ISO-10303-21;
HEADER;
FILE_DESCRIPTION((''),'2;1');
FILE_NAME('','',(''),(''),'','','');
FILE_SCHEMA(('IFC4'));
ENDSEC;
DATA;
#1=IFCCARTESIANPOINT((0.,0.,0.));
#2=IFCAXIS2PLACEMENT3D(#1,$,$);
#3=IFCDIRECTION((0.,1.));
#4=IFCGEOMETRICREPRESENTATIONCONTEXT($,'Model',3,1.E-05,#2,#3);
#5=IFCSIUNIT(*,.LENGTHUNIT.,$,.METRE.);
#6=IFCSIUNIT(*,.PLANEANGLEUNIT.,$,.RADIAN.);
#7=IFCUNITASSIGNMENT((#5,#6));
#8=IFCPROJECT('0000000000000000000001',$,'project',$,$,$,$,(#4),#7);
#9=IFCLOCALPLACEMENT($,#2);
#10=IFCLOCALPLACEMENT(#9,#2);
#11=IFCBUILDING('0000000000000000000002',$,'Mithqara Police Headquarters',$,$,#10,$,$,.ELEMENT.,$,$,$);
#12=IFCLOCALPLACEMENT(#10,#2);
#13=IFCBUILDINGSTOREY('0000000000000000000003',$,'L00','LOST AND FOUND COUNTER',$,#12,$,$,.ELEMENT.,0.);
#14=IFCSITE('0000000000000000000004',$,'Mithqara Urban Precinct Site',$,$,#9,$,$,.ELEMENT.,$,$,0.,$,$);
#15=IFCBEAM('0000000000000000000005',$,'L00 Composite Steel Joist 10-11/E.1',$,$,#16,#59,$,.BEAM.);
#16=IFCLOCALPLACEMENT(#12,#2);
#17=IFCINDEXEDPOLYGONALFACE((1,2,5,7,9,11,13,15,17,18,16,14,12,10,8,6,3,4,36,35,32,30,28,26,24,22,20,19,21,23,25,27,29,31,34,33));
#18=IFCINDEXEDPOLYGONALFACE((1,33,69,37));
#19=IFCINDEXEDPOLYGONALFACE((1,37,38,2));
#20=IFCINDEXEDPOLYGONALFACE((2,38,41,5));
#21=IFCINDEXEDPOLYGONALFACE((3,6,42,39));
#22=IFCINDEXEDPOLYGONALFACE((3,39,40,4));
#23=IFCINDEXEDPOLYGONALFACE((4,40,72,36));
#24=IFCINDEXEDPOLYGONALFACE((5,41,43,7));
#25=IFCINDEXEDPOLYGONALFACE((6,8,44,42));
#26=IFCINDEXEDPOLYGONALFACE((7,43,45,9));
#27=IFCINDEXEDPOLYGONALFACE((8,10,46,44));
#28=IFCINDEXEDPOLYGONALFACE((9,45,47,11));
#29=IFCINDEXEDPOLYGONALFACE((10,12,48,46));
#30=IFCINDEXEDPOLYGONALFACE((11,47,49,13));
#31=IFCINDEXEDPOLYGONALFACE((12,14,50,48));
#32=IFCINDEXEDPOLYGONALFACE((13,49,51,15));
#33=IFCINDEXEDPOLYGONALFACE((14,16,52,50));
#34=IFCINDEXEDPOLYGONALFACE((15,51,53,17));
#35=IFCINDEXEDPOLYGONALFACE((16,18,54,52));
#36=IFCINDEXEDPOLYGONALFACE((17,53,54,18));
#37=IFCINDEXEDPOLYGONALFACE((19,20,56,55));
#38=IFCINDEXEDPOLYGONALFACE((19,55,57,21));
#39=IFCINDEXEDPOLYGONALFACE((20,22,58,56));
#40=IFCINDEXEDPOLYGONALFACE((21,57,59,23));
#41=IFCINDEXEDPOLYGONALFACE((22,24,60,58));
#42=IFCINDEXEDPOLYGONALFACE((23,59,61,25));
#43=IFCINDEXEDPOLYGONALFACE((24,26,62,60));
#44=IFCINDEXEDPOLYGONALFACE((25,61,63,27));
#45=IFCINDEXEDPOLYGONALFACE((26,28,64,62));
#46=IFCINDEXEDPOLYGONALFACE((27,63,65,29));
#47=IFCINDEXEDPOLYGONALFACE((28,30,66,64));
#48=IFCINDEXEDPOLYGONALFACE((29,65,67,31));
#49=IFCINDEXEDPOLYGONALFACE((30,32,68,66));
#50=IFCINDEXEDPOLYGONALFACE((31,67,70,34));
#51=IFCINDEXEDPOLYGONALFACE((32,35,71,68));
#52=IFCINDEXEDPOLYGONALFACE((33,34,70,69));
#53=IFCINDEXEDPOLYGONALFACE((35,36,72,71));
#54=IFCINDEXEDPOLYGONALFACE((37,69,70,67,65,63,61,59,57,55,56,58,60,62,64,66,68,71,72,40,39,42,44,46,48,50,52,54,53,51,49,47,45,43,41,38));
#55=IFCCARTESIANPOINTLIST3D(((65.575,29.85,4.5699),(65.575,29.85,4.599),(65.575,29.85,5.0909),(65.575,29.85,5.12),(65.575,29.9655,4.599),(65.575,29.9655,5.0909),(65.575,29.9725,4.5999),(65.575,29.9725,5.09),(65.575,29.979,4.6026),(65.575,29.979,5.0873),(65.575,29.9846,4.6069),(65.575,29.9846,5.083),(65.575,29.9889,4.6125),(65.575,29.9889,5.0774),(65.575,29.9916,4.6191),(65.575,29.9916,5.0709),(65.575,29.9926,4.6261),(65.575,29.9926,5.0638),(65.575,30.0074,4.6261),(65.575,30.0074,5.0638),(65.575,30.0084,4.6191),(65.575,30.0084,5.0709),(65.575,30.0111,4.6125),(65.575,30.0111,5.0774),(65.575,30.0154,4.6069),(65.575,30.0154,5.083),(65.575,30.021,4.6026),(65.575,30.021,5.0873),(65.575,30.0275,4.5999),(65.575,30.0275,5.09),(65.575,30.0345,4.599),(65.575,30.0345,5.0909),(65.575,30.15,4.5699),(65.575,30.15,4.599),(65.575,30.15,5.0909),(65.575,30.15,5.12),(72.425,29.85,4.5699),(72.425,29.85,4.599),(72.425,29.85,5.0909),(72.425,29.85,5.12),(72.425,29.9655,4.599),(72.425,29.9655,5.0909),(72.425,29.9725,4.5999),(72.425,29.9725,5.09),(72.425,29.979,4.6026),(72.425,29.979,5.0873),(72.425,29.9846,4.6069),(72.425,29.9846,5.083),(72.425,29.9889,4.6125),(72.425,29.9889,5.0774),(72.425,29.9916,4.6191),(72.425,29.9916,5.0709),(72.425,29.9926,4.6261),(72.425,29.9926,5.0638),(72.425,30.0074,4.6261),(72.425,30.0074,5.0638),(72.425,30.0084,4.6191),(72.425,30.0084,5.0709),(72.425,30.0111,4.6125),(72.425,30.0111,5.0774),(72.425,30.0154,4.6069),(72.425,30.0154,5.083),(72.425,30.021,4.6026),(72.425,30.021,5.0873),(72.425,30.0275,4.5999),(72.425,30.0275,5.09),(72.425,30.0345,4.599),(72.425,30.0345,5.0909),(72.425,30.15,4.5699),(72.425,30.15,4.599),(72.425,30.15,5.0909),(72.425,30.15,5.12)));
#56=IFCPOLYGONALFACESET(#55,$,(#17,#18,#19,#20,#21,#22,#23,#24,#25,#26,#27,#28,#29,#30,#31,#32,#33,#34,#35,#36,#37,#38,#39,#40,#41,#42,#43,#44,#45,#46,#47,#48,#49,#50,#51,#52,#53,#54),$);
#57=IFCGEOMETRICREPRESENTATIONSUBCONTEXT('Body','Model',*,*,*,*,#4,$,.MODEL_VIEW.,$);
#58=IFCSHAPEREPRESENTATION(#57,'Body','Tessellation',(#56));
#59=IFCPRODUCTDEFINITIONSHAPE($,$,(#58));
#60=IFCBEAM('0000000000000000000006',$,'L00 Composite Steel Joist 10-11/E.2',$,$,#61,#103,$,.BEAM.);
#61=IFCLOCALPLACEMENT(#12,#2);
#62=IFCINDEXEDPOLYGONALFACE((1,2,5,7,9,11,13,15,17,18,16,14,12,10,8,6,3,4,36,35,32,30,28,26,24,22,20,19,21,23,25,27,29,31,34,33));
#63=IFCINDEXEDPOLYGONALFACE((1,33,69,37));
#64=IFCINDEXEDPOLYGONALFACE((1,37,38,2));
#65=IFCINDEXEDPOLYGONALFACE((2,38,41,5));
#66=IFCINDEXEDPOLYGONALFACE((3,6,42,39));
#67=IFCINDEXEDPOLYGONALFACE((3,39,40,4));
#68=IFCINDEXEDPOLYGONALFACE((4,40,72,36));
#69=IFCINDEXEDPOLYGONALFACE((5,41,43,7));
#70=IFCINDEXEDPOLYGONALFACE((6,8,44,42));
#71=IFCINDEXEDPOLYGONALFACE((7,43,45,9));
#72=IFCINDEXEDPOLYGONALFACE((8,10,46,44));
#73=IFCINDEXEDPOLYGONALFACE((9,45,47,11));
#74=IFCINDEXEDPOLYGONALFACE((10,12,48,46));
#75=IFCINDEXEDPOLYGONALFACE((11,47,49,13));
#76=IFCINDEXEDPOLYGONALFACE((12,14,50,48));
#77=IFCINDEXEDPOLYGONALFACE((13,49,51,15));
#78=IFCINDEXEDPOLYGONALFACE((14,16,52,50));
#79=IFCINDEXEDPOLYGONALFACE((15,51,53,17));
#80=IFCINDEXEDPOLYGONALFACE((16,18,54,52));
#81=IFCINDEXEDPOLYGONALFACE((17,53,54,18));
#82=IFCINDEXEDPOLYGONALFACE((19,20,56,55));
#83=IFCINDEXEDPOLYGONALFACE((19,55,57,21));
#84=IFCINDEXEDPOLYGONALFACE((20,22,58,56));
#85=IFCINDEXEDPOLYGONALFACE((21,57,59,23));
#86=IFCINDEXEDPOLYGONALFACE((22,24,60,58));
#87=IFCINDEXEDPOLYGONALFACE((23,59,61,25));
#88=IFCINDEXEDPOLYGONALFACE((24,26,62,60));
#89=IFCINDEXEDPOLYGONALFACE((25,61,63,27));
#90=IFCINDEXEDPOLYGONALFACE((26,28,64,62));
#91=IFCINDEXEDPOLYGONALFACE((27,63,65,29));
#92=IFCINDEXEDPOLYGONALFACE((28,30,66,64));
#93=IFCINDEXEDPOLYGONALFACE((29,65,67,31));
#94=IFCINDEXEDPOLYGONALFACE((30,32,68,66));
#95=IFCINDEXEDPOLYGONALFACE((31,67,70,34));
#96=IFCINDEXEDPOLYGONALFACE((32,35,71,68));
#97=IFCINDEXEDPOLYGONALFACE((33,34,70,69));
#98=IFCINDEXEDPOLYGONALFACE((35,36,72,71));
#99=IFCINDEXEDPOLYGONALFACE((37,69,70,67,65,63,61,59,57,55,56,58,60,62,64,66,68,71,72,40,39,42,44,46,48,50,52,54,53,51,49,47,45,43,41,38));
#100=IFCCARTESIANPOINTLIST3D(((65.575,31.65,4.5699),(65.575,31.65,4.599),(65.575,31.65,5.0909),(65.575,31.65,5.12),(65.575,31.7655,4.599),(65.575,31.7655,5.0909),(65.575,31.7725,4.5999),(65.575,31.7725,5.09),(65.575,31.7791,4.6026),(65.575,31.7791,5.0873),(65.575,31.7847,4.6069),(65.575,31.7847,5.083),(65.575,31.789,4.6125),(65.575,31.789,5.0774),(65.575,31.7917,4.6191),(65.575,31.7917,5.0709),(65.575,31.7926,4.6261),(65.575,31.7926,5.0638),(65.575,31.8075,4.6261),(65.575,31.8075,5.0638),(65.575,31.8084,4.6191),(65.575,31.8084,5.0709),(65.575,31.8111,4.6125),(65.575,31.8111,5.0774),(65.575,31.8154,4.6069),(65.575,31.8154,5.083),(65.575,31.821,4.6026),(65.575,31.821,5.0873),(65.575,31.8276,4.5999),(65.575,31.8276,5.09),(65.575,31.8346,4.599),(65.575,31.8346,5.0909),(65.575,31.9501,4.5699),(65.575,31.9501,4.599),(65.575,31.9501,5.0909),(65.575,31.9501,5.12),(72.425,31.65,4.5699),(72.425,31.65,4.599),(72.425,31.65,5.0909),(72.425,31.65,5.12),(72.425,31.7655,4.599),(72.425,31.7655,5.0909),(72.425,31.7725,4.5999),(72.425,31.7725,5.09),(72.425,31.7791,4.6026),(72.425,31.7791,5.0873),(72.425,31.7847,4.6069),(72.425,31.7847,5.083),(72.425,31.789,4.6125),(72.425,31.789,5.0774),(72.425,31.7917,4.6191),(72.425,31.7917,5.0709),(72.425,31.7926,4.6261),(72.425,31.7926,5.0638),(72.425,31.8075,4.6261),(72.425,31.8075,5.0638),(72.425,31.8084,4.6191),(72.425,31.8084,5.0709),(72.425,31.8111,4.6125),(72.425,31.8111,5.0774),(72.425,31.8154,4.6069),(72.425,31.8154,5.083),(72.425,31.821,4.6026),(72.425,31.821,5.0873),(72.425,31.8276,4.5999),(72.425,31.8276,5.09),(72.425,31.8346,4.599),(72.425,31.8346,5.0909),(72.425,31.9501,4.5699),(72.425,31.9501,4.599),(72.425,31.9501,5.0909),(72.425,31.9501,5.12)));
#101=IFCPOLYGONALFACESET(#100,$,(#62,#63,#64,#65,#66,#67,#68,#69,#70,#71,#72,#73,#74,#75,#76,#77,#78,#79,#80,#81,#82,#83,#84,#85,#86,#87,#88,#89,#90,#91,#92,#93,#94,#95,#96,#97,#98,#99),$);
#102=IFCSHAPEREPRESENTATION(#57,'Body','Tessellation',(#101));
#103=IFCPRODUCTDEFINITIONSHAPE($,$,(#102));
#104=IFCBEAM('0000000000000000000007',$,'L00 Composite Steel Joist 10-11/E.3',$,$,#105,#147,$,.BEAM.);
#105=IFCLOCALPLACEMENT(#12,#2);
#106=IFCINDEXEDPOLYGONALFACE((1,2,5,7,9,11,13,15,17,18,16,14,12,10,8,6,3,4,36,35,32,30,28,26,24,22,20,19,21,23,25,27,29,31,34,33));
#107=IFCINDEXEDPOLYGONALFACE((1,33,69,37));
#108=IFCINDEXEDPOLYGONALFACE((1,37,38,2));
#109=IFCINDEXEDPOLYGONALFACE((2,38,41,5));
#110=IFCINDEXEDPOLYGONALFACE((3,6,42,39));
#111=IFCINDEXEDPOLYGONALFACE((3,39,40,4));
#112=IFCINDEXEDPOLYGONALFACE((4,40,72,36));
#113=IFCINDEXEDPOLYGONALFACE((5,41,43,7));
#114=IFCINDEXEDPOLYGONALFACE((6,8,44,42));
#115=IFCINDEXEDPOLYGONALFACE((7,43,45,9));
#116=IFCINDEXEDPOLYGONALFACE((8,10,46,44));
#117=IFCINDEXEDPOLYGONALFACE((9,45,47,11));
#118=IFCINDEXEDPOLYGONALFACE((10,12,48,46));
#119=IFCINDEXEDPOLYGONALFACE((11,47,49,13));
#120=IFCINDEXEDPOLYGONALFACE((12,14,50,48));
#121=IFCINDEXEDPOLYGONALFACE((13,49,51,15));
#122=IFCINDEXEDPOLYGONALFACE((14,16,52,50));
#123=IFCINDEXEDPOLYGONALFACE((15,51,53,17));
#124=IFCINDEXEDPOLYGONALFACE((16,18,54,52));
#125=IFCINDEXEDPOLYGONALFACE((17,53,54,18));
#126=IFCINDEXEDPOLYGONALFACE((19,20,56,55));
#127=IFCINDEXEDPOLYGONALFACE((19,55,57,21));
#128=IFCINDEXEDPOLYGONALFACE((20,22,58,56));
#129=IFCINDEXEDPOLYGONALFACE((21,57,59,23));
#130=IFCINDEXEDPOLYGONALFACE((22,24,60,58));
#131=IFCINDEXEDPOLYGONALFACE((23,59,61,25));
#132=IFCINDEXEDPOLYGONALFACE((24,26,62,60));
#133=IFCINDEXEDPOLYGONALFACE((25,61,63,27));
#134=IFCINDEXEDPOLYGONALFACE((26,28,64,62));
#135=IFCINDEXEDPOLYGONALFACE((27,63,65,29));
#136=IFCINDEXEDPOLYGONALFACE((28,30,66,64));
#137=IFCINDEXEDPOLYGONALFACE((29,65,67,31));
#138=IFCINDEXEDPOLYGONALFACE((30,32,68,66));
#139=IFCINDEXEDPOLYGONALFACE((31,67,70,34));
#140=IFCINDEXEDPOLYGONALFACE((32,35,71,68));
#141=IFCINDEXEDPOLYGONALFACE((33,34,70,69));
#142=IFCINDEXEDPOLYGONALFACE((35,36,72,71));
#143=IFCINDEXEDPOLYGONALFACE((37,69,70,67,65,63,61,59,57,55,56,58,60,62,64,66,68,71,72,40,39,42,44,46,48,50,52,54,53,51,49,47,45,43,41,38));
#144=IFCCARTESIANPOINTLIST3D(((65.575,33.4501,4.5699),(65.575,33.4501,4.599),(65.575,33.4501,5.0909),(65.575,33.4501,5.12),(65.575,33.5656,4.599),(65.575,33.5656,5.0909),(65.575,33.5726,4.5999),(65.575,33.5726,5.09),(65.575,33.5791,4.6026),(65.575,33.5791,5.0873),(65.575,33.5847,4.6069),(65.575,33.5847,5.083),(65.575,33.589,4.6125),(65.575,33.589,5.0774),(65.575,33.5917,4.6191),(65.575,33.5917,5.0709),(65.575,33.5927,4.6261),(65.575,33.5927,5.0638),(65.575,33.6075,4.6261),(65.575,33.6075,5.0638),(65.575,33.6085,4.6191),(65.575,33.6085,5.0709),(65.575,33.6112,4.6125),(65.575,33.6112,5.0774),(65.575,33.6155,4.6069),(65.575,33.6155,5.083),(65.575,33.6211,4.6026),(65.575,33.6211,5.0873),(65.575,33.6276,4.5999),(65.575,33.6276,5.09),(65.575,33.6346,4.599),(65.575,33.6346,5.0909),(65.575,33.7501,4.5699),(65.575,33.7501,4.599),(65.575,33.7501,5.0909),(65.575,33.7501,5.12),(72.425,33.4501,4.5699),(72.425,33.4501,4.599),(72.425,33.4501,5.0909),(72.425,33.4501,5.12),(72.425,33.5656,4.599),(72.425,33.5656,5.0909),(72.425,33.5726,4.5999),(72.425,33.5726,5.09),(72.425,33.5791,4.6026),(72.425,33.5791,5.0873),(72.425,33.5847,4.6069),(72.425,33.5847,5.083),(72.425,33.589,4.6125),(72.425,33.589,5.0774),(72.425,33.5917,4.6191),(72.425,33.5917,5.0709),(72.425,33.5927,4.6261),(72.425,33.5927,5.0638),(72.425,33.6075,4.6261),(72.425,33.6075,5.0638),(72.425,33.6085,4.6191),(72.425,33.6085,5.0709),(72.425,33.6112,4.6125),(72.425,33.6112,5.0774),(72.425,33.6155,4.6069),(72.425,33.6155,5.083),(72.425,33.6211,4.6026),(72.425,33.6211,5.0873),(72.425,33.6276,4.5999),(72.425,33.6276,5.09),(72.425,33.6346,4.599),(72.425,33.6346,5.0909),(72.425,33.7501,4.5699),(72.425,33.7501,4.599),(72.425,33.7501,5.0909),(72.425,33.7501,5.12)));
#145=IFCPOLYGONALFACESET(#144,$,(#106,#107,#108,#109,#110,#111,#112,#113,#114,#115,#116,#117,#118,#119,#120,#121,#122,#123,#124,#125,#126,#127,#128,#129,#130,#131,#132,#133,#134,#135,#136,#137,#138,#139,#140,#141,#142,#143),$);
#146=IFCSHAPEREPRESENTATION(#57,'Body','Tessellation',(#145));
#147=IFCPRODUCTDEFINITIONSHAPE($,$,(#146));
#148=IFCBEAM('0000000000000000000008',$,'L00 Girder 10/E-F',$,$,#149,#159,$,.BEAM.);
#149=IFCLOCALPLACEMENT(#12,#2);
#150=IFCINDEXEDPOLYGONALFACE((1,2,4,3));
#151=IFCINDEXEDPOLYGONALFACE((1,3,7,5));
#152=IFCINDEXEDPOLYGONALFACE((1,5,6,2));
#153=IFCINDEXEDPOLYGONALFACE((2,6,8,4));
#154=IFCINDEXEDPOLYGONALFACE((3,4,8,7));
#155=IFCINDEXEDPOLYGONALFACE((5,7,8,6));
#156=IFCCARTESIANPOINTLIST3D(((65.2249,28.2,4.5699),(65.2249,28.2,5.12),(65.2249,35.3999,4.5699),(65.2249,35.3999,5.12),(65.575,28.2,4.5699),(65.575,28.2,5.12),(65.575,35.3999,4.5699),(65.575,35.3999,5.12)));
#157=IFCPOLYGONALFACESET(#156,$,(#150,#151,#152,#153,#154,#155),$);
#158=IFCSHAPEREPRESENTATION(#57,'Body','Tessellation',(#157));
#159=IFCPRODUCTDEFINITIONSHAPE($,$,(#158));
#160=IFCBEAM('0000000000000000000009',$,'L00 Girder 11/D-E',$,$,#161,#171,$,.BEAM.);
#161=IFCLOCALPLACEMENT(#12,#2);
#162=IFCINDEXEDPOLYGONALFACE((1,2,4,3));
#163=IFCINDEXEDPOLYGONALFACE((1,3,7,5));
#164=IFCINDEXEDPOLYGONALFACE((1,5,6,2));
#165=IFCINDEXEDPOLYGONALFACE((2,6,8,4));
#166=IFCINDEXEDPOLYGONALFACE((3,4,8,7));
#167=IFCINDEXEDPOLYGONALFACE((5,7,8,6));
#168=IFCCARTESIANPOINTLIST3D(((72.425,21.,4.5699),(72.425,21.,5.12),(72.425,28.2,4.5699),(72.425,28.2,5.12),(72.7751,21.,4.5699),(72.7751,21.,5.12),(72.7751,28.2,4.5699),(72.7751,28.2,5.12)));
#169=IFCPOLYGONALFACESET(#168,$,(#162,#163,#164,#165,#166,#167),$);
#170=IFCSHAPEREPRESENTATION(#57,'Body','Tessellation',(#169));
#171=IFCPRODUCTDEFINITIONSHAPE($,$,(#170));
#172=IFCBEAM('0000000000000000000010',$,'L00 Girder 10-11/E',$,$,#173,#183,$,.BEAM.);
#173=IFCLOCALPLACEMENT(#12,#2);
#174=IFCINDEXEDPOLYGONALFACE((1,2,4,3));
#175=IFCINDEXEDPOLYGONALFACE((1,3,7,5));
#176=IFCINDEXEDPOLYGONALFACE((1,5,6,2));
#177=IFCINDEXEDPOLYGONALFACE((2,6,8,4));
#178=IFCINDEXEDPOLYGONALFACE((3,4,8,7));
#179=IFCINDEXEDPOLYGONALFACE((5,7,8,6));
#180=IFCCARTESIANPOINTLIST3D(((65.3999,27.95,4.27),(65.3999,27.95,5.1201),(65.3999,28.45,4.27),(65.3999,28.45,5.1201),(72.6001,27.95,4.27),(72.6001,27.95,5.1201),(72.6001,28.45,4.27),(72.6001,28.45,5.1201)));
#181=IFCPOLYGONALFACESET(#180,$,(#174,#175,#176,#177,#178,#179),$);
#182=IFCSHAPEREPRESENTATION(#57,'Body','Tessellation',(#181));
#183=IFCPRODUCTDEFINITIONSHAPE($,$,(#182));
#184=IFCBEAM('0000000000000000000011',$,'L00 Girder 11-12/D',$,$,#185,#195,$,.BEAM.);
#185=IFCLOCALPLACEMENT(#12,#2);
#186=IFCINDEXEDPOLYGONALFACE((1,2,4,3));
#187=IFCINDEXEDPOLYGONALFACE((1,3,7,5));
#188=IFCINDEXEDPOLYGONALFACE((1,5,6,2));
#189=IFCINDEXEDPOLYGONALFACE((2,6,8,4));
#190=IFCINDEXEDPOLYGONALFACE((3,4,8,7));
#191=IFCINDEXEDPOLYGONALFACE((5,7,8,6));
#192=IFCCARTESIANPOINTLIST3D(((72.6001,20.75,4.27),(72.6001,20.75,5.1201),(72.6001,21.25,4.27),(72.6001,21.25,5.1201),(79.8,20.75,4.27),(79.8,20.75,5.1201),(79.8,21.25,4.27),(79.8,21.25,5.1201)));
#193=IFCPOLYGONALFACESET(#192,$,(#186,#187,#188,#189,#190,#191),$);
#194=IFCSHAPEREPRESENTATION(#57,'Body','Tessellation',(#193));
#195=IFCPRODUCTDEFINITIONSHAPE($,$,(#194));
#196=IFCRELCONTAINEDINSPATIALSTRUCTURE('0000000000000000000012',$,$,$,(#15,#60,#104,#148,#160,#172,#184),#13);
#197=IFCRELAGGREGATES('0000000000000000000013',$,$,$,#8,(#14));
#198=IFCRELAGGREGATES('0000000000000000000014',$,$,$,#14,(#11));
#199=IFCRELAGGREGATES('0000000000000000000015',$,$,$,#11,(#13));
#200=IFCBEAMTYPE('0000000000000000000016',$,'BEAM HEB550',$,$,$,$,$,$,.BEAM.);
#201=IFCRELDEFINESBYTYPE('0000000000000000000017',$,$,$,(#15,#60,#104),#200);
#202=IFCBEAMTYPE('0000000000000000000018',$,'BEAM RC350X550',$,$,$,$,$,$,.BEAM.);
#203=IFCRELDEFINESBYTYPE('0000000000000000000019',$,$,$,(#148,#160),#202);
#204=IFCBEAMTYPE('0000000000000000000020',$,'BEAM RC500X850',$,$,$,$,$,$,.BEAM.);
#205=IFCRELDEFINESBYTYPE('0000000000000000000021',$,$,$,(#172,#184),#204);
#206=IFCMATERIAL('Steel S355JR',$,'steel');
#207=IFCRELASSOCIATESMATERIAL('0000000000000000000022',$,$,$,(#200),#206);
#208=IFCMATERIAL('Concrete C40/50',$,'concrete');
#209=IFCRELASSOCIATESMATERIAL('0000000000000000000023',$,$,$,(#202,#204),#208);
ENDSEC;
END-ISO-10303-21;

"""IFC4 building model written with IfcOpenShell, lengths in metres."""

from ifc_helpers import new_model, si_unit, direction, frame, origin, origin_2d, place, context, subcontext, project, spatial, rectangle, i_section, extrude, material, material_profile, profile_set, type_object, element, save


model = new_model("IFC4")

# Units and contexts
model_context = context("Model", 3, precision=1e-05, world=origin(), true_north=direction((0.0, 1.0)))
body_context = subcontext(model_context, "Body", "Model", "MODEL_VIEW")
ifc_project = project(units=[si_unit("LENGTHUNIT", "METRE"), si_unit("PLANEANGLEUNIT", "RADIAN")], contexts=[model_context])

# Site, building, storey
site_placement = place(None, origin())
site = spatial("IfcSite", under=ifc_project, at=site_placement, Name="Mithqara Urban Precinct Site", CompositionType="ELEMENT", RefElevation=0.0)
building_placement = place(site_placement, origin())
building = spatial("IfcBuilding", under=site, at=building_placement, Name="Mithqara Police Headquarters", CompositionType="ELEMENT")
storey_placement = place(building_placement, origin())
storey = spatial("IfcBuildingStorey", under=building, at=storey_placement, Name="L00", Description="LOST AND FOUND COUNTER", CompositionType="ELEMENT", Elevation=0.0)

# Beams
ifc_material_1 = material(Name="Steel S355JR", Category="steel")
ifc_material_profile_1 = material_profile(ifc_material_1, i_section(OverallWidth=0.3, OverallDepth=0.55, WebThickness=0.0149, FlangeThickness=0.0291, FilletRadius=0.0271, at=origin_2d()), Name="HEB 550")
ifc_profile_set_1 = profile_set([ifc_material_profile_1], Name="Steel S355JR")
beam_type_1 = type_object("IfcBeamType", Name="BEAM HEB550", PredefinedType="BEAM", material=ifc_profile_set_1)
for number, where, z_axis, x_axis, name in (
    (1, (65.575, 30.0, 4.845), (1.0, 0.0, 0.0), (0.0, 1.0, 0.0), "L00 Composite Steel Joist 10-11/E.1"),
    (2, (65.575, 31.8, 4.845), (1.0, 0.0, 0.0), (0.0, 1.0, 0.0), "L00 Composite Steel Joist 10-11/E.2"),
    (3, (65.575, 33.6001, 4.845), (1.0, 0.0, 0.0), (0.0, 1.0, 0.0), "L00 Composite Steel Joist 10-11/E.3"),
):
    element("IfcBeam", number, at=place(storey_placement, frame(where, z_axis=z_axis, x_axis=x_axis)), inside=storey, type_object=beam_type_1, Name=name, PredefinedType="BEAM", context=body_context, shape_type="SweptSolid", body=[
        extrude(i_section(OverallWidth=0.3, OverallDepth=0.55, WebThickness=0.0149, FlangeThickness=0.0291, FilletRadius=0.0271, at=origin_2d()), origin(), (0.0, 0.0, 1.0), 6.8501),
    ])
ifc_material_2 = material(Name="Concrete C40/50", Category="concrete")
ifc_material_profile_2 = material_profile(ifc_material_2, rectangle(XDim=0.3501, YDim=0.55, at=origin_2d()), Name="RC 350x550")
ifc_profile_set_2 = profile_set([ifc_material_profile_2], Name="Concrete C40/50")
beam_type_2 = type_object("IfcBeamType", Name="BEAM RC350X550", PredefinedType="BEAM", material=ifc_profile_set_2)
for number, where, z_axis, x_axis, name in (
    (4, (65.3999, 28.2, 4.845), (0.0, 1.0, 0.0), (-1.0, 0.0, 0.0), "L00 Girder 10/E-F"),
    (5, (72.6001, 21.0, 4.845), (0.0, 1.0, 0.0), (-1.0, 0.0, 0.0), "L00 Girder 11/D-E"),
):
    element("IfcBeam", number, at=place(storey_placement, frame(where, z_axis=z_axis, x_axis=x_axis)), inside=storey, type_object=beam_type_2, Name=name, PredefinedType="BEAM", context=body_context, shape_type="SweptSolid", body=[
        extrude(rectangle(XDim=0.3501, YDim=0.55, at=origin_2d()), origin(), (0.0, 0.0, 1.0), 7.2),
    ])
ifc_material_profile_3 = material_profile(ifc_material_2, rectangle(XDim=0.5, YDim=0.8501, at=origin_2d()), Name="RC 500x850")
ifc_profile_set_3 = profile_set([ifc_material_profile_3], Name="Concrete C40/50")
beam_type_3 = type_object("IfcBeamType", Name="BEAM RC500X850", PredefinedType="BEAM", material=ifc_profile_set_3)
beam_1_placement = place(storey_placement, frame((65.3999, 28.2, 4.6951), z_axis=(1.0, 0.0, 0.0), x_axis=(0.0, 1.0, 0.0)))
element("IfcBeam", 6, at=beam_1_placement, inside=storey, type_object=beam_type_3, Name="L00 Girder 10-11/E", PredefinedType="BEAM", context=body_context, shape_type="SweptSolid", body=[
    extrude(rectangle(XDim=0.5, YDim=0.8501, at=origin_2d()), origin(), (0.0, 0.0, 1.0), 7.2002),
])
beam_2_placement = place(storey_placement, frame((72.6001, 21.0, 4.6951), z_axis=(1.0, 0.0, 0.0), x_axis=(0.0, 1.0, 0.0)))
element("IfcBeam", 7, at=beam_2_placement, inside=storey, type_object=beam_type_3, Name="L00 Girder 11-12/D", PredefinedType="BEAM", context=body_context, shape_type="SweptSolid", body=[
    extrude(rectangle(XDim=0.5, YDim=0.8501, at=origin_2d()), origin(), (0.0, 0.0, 1.0), 7.2),
])

save(model, "model.ifc")
